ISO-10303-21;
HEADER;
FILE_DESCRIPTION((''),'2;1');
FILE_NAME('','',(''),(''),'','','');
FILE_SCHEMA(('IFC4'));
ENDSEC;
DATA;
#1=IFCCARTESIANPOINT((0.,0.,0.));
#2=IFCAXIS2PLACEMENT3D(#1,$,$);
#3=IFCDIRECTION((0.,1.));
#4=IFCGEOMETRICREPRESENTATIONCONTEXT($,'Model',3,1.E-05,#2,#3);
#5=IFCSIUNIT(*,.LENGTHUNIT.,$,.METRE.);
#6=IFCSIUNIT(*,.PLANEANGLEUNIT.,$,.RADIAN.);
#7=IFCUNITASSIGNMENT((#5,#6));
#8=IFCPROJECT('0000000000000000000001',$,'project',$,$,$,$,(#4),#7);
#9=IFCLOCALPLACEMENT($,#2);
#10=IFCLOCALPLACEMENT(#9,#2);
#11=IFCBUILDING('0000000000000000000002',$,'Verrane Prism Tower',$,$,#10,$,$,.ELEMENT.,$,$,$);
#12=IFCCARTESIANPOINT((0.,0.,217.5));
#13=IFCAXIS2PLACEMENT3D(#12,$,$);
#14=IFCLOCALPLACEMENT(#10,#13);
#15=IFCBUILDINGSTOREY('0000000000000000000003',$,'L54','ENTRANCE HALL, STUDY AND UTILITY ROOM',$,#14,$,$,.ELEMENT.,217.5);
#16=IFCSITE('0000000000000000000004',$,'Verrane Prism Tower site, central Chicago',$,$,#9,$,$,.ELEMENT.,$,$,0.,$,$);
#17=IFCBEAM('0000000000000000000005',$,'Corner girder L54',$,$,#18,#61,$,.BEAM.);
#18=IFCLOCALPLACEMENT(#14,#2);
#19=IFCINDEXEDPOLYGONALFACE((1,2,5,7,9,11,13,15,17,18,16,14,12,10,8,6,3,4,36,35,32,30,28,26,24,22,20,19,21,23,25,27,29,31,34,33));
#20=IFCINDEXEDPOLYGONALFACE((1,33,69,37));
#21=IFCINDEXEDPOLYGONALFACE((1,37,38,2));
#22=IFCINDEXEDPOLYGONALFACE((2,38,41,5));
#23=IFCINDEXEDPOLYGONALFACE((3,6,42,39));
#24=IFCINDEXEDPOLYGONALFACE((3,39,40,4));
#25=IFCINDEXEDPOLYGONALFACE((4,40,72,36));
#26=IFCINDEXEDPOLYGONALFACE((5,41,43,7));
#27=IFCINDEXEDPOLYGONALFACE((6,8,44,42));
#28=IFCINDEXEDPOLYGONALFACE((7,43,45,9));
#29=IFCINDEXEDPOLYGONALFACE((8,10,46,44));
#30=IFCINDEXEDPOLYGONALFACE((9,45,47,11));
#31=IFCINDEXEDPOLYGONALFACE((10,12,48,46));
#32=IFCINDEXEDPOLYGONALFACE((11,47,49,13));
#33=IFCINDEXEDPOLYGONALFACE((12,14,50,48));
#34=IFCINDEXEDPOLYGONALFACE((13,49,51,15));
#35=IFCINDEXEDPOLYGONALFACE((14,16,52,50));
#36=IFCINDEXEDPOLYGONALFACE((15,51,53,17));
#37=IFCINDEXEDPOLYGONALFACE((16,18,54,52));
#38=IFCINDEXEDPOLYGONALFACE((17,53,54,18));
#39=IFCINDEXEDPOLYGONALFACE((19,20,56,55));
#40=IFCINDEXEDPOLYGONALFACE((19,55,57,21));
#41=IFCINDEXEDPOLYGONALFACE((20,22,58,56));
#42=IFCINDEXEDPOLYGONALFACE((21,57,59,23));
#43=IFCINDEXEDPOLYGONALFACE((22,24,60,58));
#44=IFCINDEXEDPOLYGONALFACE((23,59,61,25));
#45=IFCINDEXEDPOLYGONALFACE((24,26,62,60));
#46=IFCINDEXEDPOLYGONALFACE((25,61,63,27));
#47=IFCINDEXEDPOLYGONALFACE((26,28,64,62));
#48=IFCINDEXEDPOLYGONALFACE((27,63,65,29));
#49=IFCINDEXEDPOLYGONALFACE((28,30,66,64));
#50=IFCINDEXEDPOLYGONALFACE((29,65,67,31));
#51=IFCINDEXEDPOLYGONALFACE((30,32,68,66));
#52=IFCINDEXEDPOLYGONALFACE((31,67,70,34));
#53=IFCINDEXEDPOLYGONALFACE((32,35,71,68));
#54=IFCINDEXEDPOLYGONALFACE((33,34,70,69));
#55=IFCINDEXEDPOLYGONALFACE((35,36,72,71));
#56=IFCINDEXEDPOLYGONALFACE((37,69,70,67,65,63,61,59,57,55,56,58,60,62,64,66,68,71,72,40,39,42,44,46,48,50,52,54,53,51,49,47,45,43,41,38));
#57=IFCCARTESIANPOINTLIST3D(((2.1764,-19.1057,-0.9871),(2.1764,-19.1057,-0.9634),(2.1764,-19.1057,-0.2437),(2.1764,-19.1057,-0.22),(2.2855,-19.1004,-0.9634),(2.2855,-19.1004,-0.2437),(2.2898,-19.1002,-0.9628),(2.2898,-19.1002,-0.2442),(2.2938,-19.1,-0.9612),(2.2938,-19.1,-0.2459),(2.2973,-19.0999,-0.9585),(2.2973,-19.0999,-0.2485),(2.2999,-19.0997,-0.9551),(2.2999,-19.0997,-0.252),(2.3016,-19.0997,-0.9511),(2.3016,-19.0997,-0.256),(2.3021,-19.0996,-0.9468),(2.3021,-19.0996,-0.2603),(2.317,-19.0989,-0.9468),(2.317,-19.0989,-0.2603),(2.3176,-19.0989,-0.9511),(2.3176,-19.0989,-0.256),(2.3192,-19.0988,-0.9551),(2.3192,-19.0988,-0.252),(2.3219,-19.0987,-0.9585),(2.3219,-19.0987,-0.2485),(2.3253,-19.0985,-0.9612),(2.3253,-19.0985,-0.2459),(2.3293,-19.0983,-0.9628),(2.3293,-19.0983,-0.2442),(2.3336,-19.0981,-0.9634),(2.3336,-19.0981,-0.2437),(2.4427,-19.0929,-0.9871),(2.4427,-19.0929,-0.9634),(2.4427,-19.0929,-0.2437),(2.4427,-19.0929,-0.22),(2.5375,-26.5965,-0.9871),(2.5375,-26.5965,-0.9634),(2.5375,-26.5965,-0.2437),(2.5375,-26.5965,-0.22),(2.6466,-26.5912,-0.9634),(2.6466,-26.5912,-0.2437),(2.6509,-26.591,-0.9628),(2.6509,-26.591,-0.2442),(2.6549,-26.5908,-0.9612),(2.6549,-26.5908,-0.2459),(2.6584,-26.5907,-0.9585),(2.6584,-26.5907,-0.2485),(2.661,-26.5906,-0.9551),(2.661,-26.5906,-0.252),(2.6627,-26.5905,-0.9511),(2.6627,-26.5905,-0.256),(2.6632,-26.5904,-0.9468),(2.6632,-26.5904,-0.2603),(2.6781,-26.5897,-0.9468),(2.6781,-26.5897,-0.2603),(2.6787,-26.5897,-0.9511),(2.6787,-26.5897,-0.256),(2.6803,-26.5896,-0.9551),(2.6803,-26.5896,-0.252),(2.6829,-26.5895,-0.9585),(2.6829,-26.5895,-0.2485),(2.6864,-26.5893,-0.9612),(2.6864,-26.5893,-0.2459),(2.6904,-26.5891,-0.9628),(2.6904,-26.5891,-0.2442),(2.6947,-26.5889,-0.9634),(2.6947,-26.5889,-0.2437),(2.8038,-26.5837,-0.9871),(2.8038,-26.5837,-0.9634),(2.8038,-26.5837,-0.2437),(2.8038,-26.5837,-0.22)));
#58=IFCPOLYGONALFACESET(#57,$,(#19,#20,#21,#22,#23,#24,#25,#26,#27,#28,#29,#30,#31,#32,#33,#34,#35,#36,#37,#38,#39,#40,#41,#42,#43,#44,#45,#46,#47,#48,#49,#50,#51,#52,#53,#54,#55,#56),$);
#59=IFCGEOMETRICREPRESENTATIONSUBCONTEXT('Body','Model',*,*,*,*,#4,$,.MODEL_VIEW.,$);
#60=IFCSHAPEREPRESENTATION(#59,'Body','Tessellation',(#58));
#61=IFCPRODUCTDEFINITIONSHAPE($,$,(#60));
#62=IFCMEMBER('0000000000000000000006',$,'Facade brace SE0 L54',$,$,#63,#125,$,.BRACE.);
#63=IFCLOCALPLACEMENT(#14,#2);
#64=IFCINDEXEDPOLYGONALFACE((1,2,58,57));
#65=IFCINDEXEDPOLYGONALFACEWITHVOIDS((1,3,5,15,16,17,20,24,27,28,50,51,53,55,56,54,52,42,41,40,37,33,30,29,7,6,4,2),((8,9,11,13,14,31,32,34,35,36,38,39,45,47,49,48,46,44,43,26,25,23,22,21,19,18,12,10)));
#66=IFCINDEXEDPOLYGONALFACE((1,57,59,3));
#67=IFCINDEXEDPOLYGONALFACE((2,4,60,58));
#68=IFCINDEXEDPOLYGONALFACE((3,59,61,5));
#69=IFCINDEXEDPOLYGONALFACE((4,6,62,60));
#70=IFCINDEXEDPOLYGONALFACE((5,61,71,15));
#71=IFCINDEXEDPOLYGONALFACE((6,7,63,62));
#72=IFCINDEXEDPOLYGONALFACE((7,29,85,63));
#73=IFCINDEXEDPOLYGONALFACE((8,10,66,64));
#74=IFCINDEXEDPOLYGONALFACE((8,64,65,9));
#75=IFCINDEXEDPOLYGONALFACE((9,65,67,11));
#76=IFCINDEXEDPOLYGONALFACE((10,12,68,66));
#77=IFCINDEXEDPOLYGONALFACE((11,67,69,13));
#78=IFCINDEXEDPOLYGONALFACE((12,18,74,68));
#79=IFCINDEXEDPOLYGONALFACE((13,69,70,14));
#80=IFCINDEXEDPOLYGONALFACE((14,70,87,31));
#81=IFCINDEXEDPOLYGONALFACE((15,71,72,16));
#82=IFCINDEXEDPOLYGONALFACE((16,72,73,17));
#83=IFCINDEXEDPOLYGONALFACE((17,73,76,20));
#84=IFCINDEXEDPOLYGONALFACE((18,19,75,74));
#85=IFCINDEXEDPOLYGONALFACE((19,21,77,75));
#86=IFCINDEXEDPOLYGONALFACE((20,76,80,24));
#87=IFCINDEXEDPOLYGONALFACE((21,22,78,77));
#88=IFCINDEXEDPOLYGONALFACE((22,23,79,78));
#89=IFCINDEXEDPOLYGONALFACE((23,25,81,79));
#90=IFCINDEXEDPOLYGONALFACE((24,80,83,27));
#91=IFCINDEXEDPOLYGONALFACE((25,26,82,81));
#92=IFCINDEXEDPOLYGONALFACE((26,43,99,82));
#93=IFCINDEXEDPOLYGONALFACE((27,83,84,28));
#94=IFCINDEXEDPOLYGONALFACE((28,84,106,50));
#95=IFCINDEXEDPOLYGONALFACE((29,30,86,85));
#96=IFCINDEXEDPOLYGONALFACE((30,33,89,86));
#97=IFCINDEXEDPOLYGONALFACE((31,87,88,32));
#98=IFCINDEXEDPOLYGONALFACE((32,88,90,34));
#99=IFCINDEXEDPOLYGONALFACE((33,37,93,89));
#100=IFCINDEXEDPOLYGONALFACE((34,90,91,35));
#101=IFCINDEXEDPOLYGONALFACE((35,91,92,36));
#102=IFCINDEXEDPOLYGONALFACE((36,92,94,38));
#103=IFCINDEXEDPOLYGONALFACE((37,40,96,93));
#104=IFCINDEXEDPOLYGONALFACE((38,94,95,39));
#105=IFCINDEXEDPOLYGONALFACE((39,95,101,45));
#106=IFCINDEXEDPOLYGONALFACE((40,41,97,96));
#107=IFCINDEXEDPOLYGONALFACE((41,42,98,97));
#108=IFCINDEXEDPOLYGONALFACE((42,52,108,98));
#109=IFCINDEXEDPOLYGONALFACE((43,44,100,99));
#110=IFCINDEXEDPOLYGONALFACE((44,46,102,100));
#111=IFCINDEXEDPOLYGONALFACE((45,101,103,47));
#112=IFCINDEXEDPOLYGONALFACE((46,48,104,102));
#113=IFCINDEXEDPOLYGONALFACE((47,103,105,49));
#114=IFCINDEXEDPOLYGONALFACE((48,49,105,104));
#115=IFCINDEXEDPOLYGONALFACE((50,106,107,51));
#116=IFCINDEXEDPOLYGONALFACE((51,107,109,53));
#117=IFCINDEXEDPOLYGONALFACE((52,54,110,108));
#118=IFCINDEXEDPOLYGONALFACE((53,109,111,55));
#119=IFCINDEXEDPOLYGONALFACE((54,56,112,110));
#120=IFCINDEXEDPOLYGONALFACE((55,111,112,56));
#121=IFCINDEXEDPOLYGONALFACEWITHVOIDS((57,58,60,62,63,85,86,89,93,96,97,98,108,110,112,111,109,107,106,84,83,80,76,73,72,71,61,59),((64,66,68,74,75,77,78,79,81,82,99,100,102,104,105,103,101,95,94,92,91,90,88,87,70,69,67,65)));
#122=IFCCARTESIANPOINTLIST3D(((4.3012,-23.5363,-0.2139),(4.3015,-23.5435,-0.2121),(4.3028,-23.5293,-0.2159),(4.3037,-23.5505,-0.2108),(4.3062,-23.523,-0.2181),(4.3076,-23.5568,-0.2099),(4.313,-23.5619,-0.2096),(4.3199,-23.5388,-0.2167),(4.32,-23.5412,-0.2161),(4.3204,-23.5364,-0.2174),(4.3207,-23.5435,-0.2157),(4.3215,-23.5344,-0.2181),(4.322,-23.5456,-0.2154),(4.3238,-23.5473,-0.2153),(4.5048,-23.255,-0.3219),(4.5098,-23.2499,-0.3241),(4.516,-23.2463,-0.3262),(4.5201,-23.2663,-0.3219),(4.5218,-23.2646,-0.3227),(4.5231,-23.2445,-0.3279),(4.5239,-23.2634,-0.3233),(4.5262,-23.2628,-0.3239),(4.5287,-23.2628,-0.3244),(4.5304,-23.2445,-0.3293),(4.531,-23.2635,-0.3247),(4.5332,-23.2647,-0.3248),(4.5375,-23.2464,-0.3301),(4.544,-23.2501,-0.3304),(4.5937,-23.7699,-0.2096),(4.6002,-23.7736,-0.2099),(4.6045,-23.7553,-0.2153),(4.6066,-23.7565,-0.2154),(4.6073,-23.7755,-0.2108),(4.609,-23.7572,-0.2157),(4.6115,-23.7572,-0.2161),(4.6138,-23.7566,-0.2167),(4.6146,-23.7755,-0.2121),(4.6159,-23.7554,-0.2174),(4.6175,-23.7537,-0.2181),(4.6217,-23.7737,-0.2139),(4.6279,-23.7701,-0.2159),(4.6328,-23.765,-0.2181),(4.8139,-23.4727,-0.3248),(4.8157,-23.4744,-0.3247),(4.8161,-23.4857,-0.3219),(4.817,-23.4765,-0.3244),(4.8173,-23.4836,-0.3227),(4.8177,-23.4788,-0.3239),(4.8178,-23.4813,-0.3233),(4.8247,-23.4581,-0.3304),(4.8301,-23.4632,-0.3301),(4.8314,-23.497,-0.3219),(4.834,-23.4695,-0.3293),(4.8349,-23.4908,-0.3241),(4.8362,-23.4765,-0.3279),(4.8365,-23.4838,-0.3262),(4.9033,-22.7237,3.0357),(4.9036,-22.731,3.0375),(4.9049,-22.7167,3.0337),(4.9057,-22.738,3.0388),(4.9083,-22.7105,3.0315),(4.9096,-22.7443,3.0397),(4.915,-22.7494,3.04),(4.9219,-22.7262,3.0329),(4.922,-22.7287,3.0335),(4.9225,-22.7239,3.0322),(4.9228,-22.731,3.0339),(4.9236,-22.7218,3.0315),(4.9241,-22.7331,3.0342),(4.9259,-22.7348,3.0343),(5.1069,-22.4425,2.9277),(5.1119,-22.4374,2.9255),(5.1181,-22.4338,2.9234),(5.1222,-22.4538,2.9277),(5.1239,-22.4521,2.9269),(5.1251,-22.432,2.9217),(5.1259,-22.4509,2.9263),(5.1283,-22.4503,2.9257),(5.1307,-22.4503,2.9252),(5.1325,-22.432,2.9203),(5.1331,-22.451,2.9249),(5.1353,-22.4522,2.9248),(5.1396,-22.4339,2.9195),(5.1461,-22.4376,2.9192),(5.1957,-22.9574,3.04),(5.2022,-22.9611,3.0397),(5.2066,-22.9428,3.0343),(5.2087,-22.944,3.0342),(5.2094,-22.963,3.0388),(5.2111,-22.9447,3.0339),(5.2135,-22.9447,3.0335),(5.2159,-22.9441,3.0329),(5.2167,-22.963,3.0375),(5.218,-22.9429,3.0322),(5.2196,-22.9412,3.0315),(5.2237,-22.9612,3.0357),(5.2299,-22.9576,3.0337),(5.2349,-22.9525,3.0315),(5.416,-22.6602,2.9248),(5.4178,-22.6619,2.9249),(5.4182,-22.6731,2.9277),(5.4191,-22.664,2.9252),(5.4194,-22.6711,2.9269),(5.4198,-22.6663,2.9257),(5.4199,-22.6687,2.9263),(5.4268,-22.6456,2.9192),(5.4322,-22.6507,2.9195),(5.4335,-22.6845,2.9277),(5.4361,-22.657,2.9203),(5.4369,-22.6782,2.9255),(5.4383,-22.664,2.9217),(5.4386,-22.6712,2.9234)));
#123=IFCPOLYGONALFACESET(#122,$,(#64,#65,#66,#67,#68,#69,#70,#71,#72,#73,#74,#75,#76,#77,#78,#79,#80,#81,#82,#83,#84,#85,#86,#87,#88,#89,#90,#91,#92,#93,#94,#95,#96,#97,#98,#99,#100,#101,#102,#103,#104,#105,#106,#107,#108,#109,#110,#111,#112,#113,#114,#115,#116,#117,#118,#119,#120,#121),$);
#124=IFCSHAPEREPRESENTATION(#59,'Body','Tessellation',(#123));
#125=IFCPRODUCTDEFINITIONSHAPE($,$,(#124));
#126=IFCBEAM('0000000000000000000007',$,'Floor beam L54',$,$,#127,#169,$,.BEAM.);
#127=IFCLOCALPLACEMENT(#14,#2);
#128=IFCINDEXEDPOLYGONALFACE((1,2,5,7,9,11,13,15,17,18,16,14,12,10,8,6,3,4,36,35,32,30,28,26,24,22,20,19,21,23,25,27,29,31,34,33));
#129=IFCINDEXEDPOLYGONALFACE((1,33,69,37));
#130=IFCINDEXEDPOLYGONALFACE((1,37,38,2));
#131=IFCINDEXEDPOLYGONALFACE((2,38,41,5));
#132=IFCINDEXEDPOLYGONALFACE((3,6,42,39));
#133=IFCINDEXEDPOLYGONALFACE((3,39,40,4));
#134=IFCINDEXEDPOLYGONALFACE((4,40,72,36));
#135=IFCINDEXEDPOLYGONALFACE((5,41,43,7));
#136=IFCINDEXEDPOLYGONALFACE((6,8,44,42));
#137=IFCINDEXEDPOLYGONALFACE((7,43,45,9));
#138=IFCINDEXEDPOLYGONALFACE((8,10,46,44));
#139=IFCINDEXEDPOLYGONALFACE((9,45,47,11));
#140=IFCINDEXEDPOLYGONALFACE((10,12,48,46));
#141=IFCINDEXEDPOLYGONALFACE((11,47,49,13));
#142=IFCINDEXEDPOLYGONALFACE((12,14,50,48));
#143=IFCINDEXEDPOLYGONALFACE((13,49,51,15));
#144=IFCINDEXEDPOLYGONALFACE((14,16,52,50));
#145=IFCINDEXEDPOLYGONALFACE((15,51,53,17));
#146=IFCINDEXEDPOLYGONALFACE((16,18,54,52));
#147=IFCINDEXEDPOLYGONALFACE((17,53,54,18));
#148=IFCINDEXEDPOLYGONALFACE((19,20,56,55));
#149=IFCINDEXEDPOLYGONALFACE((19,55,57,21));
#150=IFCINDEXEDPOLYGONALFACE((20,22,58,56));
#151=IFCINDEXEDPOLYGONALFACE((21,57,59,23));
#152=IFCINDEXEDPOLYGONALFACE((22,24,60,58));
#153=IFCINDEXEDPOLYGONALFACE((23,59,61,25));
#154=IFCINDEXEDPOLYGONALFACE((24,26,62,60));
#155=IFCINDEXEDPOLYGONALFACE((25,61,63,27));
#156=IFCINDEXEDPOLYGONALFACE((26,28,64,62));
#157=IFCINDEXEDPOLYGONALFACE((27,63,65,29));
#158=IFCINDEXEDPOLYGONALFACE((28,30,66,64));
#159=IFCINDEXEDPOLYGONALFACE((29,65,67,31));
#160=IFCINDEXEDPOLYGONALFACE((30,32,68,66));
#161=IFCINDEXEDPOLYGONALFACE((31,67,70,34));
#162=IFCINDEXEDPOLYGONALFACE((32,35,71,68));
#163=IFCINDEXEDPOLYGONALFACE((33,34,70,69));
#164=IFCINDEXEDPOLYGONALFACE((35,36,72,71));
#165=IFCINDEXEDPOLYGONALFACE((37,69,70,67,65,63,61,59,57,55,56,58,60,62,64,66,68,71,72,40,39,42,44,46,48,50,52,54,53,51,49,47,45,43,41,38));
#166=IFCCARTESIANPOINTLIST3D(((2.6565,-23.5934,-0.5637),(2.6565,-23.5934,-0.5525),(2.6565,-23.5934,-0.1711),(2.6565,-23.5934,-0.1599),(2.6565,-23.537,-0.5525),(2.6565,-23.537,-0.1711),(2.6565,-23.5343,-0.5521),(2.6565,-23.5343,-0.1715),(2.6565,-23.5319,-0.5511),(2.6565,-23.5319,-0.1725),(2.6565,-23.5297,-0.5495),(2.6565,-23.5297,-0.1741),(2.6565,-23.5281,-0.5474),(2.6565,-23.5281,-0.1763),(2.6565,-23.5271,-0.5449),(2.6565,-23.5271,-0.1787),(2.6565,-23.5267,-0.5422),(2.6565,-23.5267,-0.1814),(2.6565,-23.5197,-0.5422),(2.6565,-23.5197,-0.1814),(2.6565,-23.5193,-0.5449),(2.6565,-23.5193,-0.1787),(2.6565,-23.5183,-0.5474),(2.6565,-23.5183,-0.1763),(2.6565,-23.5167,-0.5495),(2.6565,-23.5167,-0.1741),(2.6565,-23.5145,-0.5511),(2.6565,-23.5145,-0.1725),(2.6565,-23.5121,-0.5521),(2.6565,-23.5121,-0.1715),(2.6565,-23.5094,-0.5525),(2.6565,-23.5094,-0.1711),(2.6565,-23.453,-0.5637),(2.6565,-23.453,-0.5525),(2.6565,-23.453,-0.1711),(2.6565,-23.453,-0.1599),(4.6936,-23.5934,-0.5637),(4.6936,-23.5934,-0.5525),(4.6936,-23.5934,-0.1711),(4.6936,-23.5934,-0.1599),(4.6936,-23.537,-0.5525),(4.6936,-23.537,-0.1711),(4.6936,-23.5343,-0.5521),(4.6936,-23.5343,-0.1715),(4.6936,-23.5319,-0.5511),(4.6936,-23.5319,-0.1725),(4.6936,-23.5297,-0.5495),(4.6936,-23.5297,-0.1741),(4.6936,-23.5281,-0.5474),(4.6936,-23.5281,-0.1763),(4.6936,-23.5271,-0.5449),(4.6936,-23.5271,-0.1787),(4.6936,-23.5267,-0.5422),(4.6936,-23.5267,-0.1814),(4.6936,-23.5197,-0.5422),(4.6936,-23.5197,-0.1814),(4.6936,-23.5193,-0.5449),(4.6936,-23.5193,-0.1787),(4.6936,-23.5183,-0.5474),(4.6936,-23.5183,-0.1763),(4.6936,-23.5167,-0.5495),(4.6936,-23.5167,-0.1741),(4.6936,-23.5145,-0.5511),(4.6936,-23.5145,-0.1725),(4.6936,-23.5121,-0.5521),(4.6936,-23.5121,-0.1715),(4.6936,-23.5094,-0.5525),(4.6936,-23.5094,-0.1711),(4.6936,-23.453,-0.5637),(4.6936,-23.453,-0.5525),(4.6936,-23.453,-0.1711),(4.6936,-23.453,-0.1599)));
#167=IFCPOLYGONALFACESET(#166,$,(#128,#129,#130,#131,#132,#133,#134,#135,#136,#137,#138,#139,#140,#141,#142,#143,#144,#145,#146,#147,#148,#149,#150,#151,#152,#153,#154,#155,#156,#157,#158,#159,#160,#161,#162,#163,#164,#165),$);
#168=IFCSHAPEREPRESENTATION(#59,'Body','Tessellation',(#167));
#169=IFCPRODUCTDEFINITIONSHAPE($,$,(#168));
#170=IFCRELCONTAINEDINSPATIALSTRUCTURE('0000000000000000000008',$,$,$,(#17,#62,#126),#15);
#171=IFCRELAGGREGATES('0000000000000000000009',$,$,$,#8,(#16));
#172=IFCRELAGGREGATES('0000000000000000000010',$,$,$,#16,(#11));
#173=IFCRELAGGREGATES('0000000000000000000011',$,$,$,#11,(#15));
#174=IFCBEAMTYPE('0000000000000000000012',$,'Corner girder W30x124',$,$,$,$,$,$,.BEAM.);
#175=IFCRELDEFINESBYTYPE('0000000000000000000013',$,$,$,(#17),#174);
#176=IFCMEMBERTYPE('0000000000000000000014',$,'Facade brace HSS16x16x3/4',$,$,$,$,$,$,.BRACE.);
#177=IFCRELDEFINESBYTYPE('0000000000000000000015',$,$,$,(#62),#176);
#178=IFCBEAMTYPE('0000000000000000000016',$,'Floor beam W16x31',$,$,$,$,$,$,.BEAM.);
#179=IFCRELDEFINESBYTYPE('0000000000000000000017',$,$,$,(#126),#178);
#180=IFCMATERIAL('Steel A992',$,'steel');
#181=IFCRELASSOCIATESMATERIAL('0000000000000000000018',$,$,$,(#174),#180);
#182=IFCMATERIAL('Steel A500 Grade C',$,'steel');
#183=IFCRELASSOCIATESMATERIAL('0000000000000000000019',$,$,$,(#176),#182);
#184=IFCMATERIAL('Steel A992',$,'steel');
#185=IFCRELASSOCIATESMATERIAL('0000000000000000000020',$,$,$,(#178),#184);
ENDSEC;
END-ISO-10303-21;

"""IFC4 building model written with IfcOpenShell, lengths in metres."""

from ifc_helpers import new_model, si_unit, direction, frame, origin, origin_2d, place, context, subcontext, project, spatial, hollow_rectangle, i_section, extrude, material, material_profile, profile_set, type_object, element, save


model = new_model("IFC4")

# Units and contexts
model_context = context("Model", 3, precision=1e-05, world=origin(), true_north=direction((0.0, 1.0)))
body_context = subcontext(model_context, "Body", "Model", "MODEL_VIEW")
ifc_project = project(units=[si_unit("LENGTHUNIT", "METRE"), si_unit("PLANEANGLEUNIT", "RADIAN")], contexts=[model_context])

# Site, building, storey
site_placement = place(None, origin())
site = spatial("IfcSite", under=ifc_project, at=site_placement, Name="Verrane Prism Tower site, central Chicago", CompositionType="ELEMENT", RefElevation=0.0)
building_placement = place(site_placement, origin())
building = spatial("IfcBuilding", under=site, at=building_placement, Name="Verrane Prism Tower", CompositionType="ELEMENT")
storey_placement = place(building_placement, frame((0.0, 0.0, 217.5)))
storey = spatial("IfcBuildingStorey", under=building, at=storey_placement, Name="L54", Description="ENTRANCE HALL, STUDY AND UTILITY ROOM", CompositionType="ELEMENT", Elevation=217.5)

# Beam
ifc_material_1 = material(Name="Steel A992", Category="steel")
ifc_material_profile_1 = material_profile(ifc_material_1, i_section(OverallWidth=0.2666, OverallDepth=0.7671, WebThickness=0.0149, FlangeThickness=0.0237, FilletRadius=0.0166, at=origin_2d()), Name="W30x124")
ifc_profile_set_1 = profile_set([ifc_material_profile_1], Name="Steel A992")
beam_type_1 = type_object("IfcBeamType", Name="Corner girder W30x124", PredefinedType="BEAM", material=ifc_profile_set_1)
beam_1_placement = place(storey_placement, frame((2.6707, -26.5901, -0.6035), z_axis=(-0.048148, 0.99884, 0.0), x_axis=(-0.99884, -0.048148, 0.0)))
element("IfcBeam", 1, at=beam_1_placement, inside=storey, type_object=beam_type_1, Name="Corner girder L54", PredefinedType="BEAM", context=body_context, shape_type="SweptSolid", body=[
    extrude(i_section(OverallWidth=0.2666, OverallDepth=0.7671, WebThickness=0.0149, FlangeThickness=0.0237, FilletRadius=0.0166, at=origin_2d()), origin(), (0.0, 0.0, 1.0), 7.4995),
])

# Member
ifc_material_2 = material(Name="Steel A500 Grade C", Category="steel")
ifc_material_profile_2 = material_profile(ifc_material_2, hollow_rectangle(XDim=0.4065, YDim=0.4065, WallThickness=0.019, InnerFilletRadius=0.0095, OuterFilletRadius=0.0286, at=origin_2d()), Name="HSS16x16x3/4")
ifc_profile_set_2 = profile_set([ifc_material_profile_2], Name="Steel A500 Grade C")
member_type_1 = type_object("IfcMemberType", Name="Facade brace HSS16x16x3/4", PredefinedType="BRACE", material=ifc_profile_set_2)
member_1_placement = place(storey_placement, frame((4.5688, -23.51, -0.27), z_axis=(0.176906, 0.238744, 0.954833), x_axis=(-0.803463, 0.595355, 0.0)))
element("IfcMember", 2, at=member_1_placement, inside=storey, type_object=member_type_1, Name="Facade brace SE0 L54", PredefinedType="BRACE", context=body_context, shape_type="SweptSolid", body=[
    extrude(hollow_rectangle(XDim=0.4065, YDim=0.4065, WallThickness=0.019, InnerFilletRadius=0.0095, OuterFilletRadius=0.0286, at=origin_2d()), origin(), (0.0, 0.0, 1.0), 3.4033),
])

# Beam
ifc_material_3 = material(Name="Steel A992", Category="steel")
ifc_material_profile_3 = material_profile(ifc_material_3, i_section(OverallWidth=0.1404, OverallDepth=0.4038, WebThickness=0.0071, FlangeThickness=0.0112, FilletRadius=0.0103, at=origin_2d()), Name="W16x31")
ifc_profile_set_3 = profile_set([ifc_material_profile_3], Name="Steel A992")
beam_type_2 = type_object("IfcBeamType", Name="Floor beam W16x31", PredefinedType="BEAM", material=ifc_profile_set_3)
beam_2_placement = place(storey_placement, frame((2.6565, -23.5232, -0.3618), z_axis=(1.0, 0.0, 0.0), x_axis=(0.0, 1.0, 0.0)))
element("IfcBeam", 3, at=beam_2_placement, inside=storey, type_object=beam_type_2, Name="Floor beam L54", PredefinedType="BEAM", context=body_context, shape_type="SweptSolid", body=[
    extrude(i_section(OverallWidth=0.1404, OverallDepth=0.4038, WebThickness=0.0071, FlangeThickness=0.0112, FilletRadius=0.0103, at=origin_2d()), origin(), (0.0, 0.0, 1.0), 2.0371),
])

save(model, "model.ifc")
